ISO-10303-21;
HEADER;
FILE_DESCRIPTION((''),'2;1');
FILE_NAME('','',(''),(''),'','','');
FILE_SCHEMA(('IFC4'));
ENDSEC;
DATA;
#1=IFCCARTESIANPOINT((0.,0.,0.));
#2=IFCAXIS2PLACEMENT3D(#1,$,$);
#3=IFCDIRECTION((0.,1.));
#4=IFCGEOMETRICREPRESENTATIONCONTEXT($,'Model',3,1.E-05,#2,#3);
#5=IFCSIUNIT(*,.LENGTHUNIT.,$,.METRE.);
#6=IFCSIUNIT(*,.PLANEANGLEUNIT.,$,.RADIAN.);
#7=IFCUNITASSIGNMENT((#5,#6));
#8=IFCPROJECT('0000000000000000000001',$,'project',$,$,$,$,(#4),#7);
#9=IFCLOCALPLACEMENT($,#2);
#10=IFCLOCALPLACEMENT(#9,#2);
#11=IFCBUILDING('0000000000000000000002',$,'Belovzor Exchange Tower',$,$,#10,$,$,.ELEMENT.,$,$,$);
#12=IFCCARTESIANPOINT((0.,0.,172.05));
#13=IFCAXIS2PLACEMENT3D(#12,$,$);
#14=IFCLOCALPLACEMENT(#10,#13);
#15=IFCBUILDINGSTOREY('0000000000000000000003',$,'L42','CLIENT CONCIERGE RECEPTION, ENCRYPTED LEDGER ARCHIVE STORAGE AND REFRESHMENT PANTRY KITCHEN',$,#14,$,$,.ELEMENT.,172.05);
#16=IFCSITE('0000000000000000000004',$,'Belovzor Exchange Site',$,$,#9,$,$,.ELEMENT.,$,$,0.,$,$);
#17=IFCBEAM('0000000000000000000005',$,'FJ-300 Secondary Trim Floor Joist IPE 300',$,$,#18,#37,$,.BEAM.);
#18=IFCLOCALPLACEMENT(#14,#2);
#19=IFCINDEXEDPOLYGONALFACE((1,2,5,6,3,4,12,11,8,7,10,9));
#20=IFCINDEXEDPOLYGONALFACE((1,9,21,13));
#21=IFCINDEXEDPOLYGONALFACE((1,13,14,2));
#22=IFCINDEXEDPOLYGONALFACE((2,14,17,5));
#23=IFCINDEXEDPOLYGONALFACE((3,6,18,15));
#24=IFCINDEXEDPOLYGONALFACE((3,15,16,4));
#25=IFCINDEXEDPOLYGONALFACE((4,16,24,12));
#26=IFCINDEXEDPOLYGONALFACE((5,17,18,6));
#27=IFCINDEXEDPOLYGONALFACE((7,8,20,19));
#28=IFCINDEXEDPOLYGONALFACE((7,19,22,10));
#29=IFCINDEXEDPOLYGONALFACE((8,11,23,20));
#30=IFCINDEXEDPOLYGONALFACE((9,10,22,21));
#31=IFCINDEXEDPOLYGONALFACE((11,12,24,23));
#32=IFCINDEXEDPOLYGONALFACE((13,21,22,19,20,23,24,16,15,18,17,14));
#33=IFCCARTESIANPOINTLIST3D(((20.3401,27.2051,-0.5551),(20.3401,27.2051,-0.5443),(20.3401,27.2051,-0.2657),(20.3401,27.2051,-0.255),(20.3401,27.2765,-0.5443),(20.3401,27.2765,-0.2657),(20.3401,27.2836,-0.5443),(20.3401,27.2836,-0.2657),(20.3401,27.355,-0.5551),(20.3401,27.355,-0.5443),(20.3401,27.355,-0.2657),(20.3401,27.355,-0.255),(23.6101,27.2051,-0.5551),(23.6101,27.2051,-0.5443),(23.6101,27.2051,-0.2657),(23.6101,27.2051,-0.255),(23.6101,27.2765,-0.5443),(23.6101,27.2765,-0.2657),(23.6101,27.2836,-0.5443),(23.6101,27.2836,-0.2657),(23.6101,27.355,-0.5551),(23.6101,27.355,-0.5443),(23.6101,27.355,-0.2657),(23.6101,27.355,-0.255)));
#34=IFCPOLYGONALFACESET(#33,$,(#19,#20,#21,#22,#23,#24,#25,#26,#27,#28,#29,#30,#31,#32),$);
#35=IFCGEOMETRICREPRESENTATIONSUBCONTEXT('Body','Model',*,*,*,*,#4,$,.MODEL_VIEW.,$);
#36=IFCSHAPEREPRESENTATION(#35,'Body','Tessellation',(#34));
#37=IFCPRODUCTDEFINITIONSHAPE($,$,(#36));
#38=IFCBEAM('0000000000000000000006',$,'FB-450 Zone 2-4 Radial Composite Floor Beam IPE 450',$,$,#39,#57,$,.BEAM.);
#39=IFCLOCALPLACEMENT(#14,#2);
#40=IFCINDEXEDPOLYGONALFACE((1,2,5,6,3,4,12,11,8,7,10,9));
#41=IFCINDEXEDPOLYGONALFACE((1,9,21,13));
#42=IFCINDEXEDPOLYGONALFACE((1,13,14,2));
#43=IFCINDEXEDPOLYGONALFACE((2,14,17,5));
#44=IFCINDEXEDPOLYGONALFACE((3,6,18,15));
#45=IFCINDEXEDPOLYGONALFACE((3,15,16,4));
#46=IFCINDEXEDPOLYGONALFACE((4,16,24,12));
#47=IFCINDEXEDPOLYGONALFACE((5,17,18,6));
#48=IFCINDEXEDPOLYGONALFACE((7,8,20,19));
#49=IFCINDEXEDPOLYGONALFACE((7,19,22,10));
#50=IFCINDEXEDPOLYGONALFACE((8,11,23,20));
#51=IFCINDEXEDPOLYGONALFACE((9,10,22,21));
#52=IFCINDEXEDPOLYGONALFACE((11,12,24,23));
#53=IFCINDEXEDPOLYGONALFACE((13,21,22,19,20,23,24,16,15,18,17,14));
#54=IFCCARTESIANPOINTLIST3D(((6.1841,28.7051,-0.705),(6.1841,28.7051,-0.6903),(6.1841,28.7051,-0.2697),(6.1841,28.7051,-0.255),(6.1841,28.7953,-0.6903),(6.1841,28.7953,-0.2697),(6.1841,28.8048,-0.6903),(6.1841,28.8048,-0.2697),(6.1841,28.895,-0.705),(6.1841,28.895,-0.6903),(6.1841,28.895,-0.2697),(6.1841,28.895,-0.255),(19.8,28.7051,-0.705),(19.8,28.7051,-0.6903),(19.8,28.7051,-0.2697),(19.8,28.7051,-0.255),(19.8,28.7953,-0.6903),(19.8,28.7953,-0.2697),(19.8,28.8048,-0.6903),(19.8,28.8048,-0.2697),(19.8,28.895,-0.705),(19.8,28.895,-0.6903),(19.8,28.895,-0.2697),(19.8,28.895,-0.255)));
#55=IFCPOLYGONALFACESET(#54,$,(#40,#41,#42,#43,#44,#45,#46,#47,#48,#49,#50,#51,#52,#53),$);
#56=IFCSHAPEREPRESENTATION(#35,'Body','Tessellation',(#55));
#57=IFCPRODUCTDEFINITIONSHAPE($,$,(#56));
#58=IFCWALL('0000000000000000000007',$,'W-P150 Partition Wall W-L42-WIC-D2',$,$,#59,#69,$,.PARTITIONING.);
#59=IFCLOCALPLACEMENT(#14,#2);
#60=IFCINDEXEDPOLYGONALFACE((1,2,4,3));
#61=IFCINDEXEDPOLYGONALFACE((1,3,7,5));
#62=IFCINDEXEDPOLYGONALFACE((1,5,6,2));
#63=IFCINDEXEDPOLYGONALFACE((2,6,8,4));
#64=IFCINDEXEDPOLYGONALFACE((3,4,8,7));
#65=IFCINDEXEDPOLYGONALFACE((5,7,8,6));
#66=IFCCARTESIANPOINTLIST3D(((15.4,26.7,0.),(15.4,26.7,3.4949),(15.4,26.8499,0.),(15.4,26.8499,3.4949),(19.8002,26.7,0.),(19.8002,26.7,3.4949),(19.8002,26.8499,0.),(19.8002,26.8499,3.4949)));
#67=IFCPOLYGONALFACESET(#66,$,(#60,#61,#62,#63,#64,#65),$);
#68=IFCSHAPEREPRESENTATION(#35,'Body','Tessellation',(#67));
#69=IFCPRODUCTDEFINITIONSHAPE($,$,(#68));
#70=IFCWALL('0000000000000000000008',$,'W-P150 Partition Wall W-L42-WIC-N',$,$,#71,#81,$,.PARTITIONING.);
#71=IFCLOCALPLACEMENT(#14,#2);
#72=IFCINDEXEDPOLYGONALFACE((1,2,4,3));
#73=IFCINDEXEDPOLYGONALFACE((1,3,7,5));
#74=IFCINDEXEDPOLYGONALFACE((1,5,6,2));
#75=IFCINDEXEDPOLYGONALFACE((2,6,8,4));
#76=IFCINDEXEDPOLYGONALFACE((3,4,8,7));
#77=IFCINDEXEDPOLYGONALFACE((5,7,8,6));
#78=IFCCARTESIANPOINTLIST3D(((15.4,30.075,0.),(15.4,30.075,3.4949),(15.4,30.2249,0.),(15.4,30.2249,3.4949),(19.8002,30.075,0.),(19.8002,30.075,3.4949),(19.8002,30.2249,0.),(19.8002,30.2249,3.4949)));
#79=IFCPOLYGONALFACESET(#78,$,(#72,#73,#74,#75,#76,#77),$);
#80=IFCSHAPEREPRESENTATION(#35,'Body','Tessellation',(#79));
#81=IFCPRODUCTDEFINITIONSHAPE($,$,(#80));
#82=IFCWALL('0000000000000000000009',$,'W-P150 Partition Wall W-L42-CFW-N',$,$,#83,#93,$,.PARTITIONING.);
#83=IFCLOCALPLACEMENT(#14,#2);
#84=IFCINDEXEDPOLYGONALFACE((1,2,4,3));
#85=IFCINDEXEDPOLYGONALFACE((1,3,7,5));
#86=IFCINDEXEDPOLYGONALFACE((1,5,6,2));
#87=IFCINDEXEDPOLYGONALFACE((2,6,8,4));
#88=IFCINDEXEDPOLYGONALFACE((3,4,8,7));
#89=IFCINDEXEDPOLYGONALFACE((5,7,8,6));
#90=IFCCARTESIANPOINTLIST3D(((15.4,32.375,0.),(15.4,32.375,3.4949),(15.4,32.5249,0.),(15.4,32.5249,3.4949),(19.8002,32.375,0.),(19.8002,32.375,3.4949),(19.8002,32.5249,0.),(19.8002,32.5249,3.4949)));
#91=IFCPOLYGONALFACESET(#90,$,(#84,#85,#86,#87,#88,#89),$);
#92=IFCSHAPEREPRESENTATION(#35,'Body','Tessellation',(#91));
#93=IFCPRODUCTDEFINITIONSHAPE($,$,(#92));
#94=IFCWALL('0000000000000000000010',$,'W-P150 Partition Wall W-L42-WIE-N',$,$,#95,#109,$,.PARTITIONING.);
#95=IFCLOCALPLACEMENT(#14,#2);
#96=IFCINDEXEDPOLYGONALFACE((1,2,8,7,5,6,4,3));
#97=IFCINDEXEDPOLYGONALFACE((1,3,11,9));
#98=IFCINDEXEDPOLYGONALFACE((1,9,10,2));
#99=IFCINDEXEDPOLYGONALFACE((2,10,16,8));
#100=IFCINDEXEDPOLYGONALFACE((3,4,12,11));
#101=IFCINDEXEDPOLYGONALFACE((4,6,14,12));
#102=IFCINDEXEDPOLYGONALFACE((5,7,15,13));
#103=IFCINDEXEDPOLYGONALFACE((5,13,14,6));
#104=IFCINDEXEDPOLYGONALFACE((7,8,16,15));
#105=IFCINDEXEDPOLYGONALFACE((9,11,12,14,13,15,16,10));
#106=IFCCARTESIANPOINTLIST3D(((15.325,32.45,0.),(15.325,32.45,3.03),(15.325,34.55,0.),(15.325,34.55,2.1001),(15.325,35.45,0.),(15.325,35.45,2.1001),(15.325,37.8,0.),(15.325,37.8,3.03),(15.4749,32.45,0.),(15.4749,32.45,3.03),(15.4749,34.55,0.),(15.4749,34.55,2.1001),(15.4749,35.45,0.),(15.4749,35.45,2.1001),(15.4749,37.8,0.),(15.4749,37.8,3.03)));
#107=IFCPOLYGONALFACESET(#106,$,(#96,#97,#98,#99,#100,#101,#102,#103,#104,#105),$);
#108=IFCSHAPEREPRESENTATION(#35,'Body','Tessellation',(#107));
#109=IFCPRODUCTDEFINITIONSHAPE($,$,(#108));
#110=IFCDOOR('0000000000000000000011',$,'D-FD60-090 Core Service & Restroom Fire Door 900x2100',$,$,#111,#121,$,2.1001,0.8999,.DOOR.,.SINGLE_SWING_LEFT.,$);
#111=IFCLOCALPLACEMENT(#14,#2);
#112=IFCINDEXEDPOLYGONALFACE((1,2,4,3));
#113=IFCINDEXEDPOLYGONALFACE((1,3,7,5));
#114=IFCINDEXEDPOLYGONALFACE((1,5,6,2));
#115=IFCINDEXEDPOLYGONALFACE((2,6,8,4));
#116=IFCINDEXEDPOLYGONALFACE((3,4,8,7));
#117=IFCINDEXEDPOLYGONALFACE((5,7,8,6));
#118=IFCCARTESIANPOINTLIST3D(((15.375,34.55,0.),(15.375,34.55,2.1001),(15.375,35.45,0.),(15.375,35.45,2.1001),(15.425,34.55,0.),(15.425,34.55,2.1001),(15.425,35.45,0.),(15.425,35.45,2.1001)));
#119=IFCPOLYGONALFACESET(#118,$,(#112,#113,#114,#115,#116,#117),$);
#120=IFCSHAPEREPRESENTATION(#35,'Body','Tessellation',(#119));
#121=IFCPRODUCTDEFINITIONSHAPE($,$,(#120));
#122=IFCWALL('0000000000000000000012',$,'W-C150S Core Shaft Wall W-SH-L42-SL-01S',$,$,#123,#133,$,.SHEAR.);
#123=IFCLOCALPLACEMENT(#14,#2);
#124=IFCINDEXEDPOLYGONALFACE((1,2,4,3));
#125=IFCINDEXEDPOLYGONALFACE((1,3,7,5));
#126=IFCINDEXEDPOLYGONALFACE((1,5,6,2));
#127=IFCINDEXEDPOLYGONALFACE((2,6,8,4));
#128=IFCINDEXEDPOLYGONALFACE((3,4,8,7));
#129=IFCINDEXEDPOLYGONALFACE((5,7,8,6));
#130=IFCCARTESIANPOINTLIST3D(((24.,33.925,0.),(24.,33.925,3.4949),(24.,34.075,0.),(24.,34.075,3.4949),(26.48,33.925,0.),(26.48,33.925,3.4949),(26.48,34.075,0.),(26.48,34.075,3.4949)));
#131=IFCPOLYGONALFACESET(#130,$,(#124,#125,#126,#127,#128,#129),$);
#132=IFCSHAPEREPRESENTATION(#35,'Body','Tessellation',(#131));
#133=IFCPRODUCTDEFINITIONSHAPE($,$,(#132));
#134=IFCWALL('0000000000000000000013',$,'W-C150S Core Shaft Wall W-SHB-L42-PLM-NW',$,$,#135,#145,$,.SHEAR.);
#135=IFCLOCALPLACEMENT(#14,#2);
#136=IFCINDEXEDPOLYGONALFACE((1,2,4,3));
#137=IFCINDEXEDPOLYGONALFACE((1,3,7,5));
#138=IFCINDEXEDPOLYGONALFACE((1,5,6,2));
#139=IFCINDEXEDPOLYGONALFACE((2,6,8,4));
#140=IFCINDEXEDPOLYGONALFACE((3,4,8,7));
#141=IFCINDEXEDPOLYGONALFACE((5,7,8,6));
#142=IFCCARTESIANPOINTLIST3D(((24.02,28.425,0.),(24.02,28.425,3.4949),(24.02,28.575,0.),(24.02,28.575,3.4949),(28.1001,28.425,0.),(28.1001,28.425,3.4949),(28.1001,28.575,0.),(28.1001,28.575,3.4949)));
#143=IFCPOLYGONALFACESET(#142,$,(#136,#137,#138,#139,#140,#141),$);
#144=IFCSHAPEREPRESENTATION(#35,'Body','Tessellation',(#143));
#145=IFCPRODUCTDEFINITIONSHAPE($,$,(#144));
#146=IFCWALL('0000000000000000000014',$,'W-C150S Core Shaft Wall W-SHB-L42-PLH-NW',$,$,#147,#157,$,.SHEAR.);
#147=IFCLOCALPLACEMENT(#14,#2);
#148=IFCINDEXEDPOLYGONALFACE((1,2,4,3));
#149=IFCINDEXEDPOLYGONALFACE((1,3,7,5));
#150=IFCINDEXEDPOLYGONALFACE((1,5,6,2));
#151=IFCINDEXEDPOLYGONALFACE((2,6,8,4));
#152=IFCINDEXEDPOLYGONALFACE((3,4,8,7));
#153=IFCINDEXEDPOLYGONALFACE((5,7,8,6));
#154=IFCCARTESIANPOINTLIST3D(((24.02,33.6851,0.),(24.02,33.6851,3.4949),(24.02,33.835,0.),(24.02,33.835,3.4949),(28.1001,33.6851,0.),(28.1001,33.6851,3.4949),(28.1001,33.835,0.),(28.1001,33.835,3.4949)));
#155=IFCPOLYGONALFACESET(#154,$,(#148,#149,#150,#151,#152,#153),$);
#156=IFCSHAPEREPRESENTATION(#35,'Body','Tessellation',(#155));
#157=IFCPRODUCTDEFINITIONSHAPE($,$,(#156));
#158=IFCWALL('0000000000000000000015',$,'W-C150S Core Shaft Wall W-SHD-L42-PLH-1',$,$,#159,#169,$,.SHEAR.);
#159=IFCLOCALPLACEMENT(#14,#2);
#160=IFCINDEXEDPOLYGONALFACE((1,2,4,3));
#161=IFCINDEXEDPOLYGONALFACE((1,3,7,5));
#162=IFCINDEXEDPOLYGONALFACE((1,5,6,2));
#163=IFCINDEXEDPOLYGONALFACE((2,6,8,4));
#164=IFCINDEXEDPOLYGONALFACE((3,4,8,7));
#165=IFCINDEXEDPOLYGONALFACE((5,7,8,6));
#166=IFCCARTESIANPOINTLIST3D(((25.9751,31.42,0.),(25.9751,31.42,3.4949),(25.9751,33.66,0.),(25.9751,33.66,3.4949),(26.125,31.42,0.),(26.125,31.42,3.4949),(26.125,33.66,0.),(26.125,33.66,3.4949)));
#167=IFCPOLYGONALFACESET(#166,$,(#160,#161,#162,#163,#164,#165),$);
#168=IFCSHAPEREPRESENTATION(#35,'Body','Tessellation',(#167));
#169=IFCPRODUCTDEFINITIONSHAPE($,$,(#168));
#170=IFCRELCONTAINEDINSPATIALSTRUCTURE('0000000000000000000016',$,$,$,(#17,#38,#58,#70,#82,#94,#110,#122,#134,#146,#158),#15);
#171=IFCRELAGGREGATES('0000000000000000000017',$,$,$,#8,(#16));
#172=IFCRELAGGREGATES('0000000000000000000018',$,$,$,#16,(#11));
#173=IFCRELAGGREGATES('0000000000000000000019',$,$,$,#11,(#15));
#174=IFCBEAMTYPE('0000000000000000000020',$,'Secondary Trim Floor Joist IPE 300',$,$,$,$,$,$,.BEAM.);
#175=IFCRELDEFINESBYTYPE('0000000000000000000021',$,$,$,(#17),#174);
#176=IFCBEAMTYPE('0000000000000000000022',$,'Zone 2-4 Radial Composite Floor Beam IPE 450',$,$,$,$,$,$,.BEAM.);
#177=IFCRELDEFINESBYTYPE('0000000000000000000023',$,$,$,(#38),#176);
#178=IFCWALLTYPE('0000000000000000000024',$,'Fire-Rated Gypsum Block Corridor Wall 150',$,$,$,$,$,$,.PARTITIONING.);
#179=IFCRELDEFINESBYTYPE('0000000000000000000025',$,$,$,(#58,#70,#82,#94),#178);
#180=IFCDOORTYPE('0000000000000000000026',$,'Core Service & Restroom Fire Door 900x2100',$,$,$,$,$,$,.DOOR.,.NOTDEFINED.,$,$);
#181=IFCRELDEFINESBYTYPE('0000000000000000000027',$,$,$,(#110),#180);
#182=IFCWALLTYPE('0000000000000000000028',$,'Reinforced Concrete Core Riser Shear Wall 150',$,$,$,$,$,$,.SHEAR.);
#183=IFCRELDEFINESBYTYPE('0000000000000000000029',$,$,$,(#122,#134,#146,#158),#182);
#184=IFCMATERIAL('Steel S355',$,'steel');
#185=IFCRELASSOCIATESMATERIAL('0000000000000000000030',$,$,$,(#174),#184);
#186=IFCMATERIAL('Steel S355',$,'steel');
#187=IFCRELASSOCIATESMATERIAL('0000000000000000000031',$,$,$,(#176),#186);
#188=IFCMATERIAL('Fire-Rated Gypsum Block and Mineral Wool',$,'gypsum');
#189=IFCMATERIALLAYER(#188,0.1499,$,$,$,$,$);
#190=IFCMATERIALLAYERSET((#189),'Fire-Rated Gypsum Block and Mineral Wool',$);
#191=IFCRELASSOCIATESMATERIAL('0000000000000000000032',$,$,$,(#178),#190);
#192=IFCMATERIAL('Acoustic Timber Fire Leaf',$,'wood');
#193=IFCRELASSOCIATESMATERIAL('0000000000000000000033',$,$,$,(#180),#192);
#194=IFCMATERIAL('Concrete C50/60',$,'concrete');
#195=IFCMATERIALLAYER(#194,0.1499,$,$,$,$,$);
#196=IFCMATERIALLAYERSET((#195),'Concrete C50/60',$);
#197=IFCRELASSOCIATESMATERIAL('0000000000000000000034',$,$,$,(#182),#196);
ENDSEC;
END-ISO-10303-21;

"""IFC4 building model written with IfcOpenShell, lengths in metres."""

from ifc_helpers import new_model, si_unit, direction, frame, frame_2d, origin, origin_2d, place, context, subcontext, project, spatial, rectangle, i_section, extrude, material, layer, layer_set, material_profile, profile_set, type_object, element, fill, save


model = new_model("IFC4")

# Units and contexts
model_context = context("Model", 3, precision=1e-05, world=origin(), true_north=direction((0.0, 1.0)))
body_context = subcontext(model_context, "Body", "Model", "MODEL_VIEW")
ifc_project = project(units=[si_unit("LENGTHUNIT", "METRE"), si_unit("PLANEANGLEUNIT", "RADIAN")], contexts=[model_context])

# Site, building, storey
site_placement = place(None, origin())
site = spatial("IfcSite", under=ifc_project, at=site_placement, Name="Belovzor Exchange Site", CompositionType="ELEMENT", RefElevation=0.0)
building_placement = place(site_placement, origin())
building = spatial("IfcBuilding", under=site, at=building_placement, Name="Belovzor Exchange Tower", CompositionType="ELEMENT")
storey_placement = place(building_placement, frame((0.0, 0.0, 172.05)))
storey = spatial("IfcBuildingStorey", under=building, at=storey_placement, Name="L42", Description="CLIENT CONCIERGE RECEPTION, ENCRYPTED LEDGER ARCHIVE STORAGE AND REFRESHMENT PANTRY KITCHEN", CompositionType="ELEMENT", Elevation=172.05)

# Beams
ifc_material_1 = material(Name="Steel S355", Category="steel")
ifc_material_profile_1 = material_profile(ifc_material_1, i_section(OverallWidth=0.1499, OverallDepth=0.3, WebThickness=0.0071, FlangeThickness=0.0107, at=origin_2d()))
ifc_profile_set_1 = profile_set([ifc_material_profile_1], Name="Steel S355")
beam_type_1 = type_object("IfcBeamType", Name="Secondary Trim Floor Joist IPE 300", PredefinedType="BEAM", material=ifc_profile_set_1)
beam_1_placement = place(storey_placement, frame((20.3401, 27.28, -0.405), z_axis=(1.0, 0.0, 0.0), x_axis=(0.0, 1.0, 0.0)))
element("IfcBeam", 1, at=beam_1_placement, inside=storey, type_object=beam_type_1, Name="FJ-300 Secondary Trim Floor Joist IPE 300", PredefinedType="BEAM", context=body_context, shape_type="SweptSolid", body=[
    extrude(i_section(OverallWidth=0.1499, OverallDepth=0.3, WebThickness=0.0071, FlangeThickness=0.0107, at=origin_2d()), origin(), (0.0, 0.0, 1.0), 3.27),
])
ifc_material_2 = material(Name="Steel S355", Category="steel")
ifc_material_profile_2 = material_profile(ifc_material_2, i_section(OverallWidth=0.1899, OverallDepth=0.45, WebThickness=0.0095, FlangeThickness=0.0146, at=origin_2d()))
ifc_profile_set_2 = profile_set([ifc_material_profile_2], Name="Steel S355")
beam_type_2 = type_object("IfcBeamType", Name="Zone 2-4 Radial Composite Floor Beam IPE 450", PredefinedType="BEAM", material=ifc_profile_set_2)
beam_2_placement = place(storey_placement, frame((19.8, 28.8, -0.48), z_axis=(-1.0, 0.0, 0.0), x_axis=(0.0, -1.0, 0.0)))
element("IfcBeam", 2, at=beam_2_placement, inside=storey, type_object=beam_type_2, Name="FB-450 Zone 2-4 Radial Composite Floor Beam IPE 450", PredefinedType="BEAM", context=body_context, shape_type="SweptSolid", body=[
    extrude(i_section(OverallWidth=0.1899, OverallDepth=0.45, WebThickness=0.0095, FlangeThickness=0.0146, at=origin_2d()), origin(), (0.0, 0.0, 1.0), 13.616),
])

# Walls
ifc_material_3 = material(Name="Fire-Rated Gypsum Block and Mineral Wool", Category="gypsum")
ifc_layer_1 = layer(ifc_material_3, 0.1499)
ifc_layer_set_1 = layer_set([ifc_layer_1], Name="Fire-Rated Gypsum Block and Mineral Wool")
wall_type_1 = type_object("IfcWallType", Name="Fire-Rated Gypsum Block Corridor Wall 150", PredefinedType="PARTITIONING", material=ifc_layer_set_1)
for number, where, z_axis, x_axis, name in (
    (3, (15.3999, 26.7749, 0.0), (0.0, 0.0, 1.0), (1.0, 0.0, 0.0), "W-P150 Partition Wall W-L42-WIC-D2"),
    (4, (15.3999, 30.1499, 0.0), (0.0, 0.0, 1.0), (1.0, 0.0, 0.0), "W-P150 Partition Wall W-L42-WIC-N"),
    (5, (15.3999, 32.45, 0.0), (0.0, 0.0, 1.0), (1.0, 0.0, 0.0), "W-P150 Partition Wall W-L42-CFW-N"),
):
    element("IfcWall", number, at=place(storey_placement, frame(where, z_axis=z_axis, x_axis=x_axis)), inside=storey, type_object=wall_type_1, Name=name, PredefinedType="PARTITIONING", context=body_context, shape_type="SweptSolid", body=[
        extrude(rectangle(XDim=4.4001, YDim=0.1499, at=frame_2d((2.2002, 0.0))), origin(), (0.0, 0.0, 1.0), 3.4949),
    ])

# Wall, opening, door
wall_1_placement = place(storey_placement, frame((15.3999, 32.45, 0.0), z_axis=(0.0, 0.0, 1.0), x_axis=(0.0, 1.0, 0.0)))
wall_1 = element("IfcWall", 6, at=wall_1_placement, inside=storey, type_object=wall_type_1, Name="W-P150 Partition Wall W-L42-WIE-N", PredefinedType="PARTITIONING", context=body_context, shape_type="SweptSolid", body=[
    extrude(rectangle(XDim=5.3501, YDim=0.1499, at=frame_2d((2.675, 0.0))), origin(), (0.0, 0.0, 1.0), 3.03),
])
opening_1_placement = place(wall_1_placement, frame((2.1001, 0.0, 0.0)))
opening_1 = element("IfcOpeningElement", 7, at=opening_1_placement, cuts=wall_1, PredefinedType="OPENING", context=body_context, shape_type="SweptSolid", body=[
    extrude(rectangle(XDim=0.8999, YDim=2.1001, at=frame_2d((0.45, 1.05))), frame((0.0, 0.085, 0.0), z_axis=(0.0, -1.0, 0.0), x_axis=(1.0, 0.0, 0.0)), (0.0, 0.0, 1.0), 0.1699),
])
ifc_material_4 = material(Name="Acoustic Timber Fire Leaf", Category="wood")
door_type_1 = type_object("IfcDoorType", Name="Core Service & Restroom Fire Door 900x2100", OperationType="NOTDEFINED", PredefinedType="DOOR", material=ifc_material_4)
door_1_placement = place(opening_1_placement, origin())
door_1 = element("IfcDoor", 8, at=door_1_placement, inside=storey, type_object=door_type_1, Name="D-FD60-090 Core Service & Restroom Fire Door 900x2100", OperationType="SINGLE_SWING_LEFT", OverallHeight=2.1001, OverallWidth=0.8999, PredefinedType="DOOR", context=body_context, shape_type="SweptSolid", body=[
    extrude(rectangle(XDim=0.8999, YDim=2.1001, at=frame_2d((0.45, 1.05))), frame((0.0, 0.0249, 0.0), z_axis=(0.0, -1.0, 0.0), x_axis=(1.0, 0.0, 0.0)), (0.0, 0.0, 1.0), 0.05),
])
fill(opening_1, door_1)

# Walls
ifc_material_5 = material(Name="Concrete C50/60", Category="concrete")
ifc_layer_2 = layer(ifc_material_5, 0.1499)
ifc_layer_set_2 = layer_set([ifc_layer_2], Name="Concrete C50/60")
wall_type_2 = type_object("IfcWallType", Name="Reinforced Concrete Core Riser Shear Wall 150", PredefinedType="SHEAR", material=ifc_layer_set_2)
wall_2_placement = place(storey_placement, frame((24.0, 34.0, 0.0), z_axis=(0.0, 0.0, 1.0), x_axis=(1.0, 0.0, 0.0)))
element("IfcWall", 9, at=wall_2_placement, inside=storey, type_object=wall_type_2, Name="W-C150S Core Shaft Wall W-SH-L42-SL-01S", PredefinedType="SHEAR", context=body_context, shape_type="SweptSolid", body=[
    extrude(rectangle(XDim=2.48, YDim=0.1499, at=frame_2d((1.24, 0.0))), origin(), (0.0, 0.0, 1.0), 3.4949),
])
for number, where, z_axis, x_axis, name in (
    (10, (24.02, 28.5, 0.0), (0.0, 0.0, 1.0), (1.0, 0.0, 0.0), "W-C150S Core Shaft Wall W-SHB-L42-PLM-NW"),
    (11, (24.02, 33.76, 0.0), (0.0, 0.0, 1.0), (1.0, 0.0, 0.0), "W-C150S Core Shaft Wall W-SHB-L42-PLH-NW"),
):
    element("IfcWall", number, at=place(storey_placement, frame(where, z_axis=z_axis, x_axis=x_axis)), inside=storey, type_object=wall_type_2, Name=name, PredefinedType="SHEAR", context=body_context, shape_type="SweptSolid", body=[
        extrude(rectangle(XDim=4.0801, YDim=0.1499, at=frame_2d((2.04, 0.0))), origin(), (0.0, 0.0, 1.0), 3.4949),
    ])
wall_3_placement = place(storey_placement, frame((26.05, 31.4199, 0.0), z_axis=(0.0, 0.0, 1.0), x_axis=(0.0, 1.0, 0.0)))
element("IfcWall", 12, at=wall_3_placement, inside=storey, type_object=wall_type_2, Name="W-C150S Core Shaft Wall W-SHD-L42-PLH-1", PredefinedType="SHEAR", context=body_context, shape_type="SweptSolid", body=[
    extrude(rectangle(XDim=2.24, YDim=0.1499, at=frame_2d((1.1201, 0.0))), origin(), (0.0, 0.0, 1.0), 3.4949),
])

save(model, "model.ifc")
